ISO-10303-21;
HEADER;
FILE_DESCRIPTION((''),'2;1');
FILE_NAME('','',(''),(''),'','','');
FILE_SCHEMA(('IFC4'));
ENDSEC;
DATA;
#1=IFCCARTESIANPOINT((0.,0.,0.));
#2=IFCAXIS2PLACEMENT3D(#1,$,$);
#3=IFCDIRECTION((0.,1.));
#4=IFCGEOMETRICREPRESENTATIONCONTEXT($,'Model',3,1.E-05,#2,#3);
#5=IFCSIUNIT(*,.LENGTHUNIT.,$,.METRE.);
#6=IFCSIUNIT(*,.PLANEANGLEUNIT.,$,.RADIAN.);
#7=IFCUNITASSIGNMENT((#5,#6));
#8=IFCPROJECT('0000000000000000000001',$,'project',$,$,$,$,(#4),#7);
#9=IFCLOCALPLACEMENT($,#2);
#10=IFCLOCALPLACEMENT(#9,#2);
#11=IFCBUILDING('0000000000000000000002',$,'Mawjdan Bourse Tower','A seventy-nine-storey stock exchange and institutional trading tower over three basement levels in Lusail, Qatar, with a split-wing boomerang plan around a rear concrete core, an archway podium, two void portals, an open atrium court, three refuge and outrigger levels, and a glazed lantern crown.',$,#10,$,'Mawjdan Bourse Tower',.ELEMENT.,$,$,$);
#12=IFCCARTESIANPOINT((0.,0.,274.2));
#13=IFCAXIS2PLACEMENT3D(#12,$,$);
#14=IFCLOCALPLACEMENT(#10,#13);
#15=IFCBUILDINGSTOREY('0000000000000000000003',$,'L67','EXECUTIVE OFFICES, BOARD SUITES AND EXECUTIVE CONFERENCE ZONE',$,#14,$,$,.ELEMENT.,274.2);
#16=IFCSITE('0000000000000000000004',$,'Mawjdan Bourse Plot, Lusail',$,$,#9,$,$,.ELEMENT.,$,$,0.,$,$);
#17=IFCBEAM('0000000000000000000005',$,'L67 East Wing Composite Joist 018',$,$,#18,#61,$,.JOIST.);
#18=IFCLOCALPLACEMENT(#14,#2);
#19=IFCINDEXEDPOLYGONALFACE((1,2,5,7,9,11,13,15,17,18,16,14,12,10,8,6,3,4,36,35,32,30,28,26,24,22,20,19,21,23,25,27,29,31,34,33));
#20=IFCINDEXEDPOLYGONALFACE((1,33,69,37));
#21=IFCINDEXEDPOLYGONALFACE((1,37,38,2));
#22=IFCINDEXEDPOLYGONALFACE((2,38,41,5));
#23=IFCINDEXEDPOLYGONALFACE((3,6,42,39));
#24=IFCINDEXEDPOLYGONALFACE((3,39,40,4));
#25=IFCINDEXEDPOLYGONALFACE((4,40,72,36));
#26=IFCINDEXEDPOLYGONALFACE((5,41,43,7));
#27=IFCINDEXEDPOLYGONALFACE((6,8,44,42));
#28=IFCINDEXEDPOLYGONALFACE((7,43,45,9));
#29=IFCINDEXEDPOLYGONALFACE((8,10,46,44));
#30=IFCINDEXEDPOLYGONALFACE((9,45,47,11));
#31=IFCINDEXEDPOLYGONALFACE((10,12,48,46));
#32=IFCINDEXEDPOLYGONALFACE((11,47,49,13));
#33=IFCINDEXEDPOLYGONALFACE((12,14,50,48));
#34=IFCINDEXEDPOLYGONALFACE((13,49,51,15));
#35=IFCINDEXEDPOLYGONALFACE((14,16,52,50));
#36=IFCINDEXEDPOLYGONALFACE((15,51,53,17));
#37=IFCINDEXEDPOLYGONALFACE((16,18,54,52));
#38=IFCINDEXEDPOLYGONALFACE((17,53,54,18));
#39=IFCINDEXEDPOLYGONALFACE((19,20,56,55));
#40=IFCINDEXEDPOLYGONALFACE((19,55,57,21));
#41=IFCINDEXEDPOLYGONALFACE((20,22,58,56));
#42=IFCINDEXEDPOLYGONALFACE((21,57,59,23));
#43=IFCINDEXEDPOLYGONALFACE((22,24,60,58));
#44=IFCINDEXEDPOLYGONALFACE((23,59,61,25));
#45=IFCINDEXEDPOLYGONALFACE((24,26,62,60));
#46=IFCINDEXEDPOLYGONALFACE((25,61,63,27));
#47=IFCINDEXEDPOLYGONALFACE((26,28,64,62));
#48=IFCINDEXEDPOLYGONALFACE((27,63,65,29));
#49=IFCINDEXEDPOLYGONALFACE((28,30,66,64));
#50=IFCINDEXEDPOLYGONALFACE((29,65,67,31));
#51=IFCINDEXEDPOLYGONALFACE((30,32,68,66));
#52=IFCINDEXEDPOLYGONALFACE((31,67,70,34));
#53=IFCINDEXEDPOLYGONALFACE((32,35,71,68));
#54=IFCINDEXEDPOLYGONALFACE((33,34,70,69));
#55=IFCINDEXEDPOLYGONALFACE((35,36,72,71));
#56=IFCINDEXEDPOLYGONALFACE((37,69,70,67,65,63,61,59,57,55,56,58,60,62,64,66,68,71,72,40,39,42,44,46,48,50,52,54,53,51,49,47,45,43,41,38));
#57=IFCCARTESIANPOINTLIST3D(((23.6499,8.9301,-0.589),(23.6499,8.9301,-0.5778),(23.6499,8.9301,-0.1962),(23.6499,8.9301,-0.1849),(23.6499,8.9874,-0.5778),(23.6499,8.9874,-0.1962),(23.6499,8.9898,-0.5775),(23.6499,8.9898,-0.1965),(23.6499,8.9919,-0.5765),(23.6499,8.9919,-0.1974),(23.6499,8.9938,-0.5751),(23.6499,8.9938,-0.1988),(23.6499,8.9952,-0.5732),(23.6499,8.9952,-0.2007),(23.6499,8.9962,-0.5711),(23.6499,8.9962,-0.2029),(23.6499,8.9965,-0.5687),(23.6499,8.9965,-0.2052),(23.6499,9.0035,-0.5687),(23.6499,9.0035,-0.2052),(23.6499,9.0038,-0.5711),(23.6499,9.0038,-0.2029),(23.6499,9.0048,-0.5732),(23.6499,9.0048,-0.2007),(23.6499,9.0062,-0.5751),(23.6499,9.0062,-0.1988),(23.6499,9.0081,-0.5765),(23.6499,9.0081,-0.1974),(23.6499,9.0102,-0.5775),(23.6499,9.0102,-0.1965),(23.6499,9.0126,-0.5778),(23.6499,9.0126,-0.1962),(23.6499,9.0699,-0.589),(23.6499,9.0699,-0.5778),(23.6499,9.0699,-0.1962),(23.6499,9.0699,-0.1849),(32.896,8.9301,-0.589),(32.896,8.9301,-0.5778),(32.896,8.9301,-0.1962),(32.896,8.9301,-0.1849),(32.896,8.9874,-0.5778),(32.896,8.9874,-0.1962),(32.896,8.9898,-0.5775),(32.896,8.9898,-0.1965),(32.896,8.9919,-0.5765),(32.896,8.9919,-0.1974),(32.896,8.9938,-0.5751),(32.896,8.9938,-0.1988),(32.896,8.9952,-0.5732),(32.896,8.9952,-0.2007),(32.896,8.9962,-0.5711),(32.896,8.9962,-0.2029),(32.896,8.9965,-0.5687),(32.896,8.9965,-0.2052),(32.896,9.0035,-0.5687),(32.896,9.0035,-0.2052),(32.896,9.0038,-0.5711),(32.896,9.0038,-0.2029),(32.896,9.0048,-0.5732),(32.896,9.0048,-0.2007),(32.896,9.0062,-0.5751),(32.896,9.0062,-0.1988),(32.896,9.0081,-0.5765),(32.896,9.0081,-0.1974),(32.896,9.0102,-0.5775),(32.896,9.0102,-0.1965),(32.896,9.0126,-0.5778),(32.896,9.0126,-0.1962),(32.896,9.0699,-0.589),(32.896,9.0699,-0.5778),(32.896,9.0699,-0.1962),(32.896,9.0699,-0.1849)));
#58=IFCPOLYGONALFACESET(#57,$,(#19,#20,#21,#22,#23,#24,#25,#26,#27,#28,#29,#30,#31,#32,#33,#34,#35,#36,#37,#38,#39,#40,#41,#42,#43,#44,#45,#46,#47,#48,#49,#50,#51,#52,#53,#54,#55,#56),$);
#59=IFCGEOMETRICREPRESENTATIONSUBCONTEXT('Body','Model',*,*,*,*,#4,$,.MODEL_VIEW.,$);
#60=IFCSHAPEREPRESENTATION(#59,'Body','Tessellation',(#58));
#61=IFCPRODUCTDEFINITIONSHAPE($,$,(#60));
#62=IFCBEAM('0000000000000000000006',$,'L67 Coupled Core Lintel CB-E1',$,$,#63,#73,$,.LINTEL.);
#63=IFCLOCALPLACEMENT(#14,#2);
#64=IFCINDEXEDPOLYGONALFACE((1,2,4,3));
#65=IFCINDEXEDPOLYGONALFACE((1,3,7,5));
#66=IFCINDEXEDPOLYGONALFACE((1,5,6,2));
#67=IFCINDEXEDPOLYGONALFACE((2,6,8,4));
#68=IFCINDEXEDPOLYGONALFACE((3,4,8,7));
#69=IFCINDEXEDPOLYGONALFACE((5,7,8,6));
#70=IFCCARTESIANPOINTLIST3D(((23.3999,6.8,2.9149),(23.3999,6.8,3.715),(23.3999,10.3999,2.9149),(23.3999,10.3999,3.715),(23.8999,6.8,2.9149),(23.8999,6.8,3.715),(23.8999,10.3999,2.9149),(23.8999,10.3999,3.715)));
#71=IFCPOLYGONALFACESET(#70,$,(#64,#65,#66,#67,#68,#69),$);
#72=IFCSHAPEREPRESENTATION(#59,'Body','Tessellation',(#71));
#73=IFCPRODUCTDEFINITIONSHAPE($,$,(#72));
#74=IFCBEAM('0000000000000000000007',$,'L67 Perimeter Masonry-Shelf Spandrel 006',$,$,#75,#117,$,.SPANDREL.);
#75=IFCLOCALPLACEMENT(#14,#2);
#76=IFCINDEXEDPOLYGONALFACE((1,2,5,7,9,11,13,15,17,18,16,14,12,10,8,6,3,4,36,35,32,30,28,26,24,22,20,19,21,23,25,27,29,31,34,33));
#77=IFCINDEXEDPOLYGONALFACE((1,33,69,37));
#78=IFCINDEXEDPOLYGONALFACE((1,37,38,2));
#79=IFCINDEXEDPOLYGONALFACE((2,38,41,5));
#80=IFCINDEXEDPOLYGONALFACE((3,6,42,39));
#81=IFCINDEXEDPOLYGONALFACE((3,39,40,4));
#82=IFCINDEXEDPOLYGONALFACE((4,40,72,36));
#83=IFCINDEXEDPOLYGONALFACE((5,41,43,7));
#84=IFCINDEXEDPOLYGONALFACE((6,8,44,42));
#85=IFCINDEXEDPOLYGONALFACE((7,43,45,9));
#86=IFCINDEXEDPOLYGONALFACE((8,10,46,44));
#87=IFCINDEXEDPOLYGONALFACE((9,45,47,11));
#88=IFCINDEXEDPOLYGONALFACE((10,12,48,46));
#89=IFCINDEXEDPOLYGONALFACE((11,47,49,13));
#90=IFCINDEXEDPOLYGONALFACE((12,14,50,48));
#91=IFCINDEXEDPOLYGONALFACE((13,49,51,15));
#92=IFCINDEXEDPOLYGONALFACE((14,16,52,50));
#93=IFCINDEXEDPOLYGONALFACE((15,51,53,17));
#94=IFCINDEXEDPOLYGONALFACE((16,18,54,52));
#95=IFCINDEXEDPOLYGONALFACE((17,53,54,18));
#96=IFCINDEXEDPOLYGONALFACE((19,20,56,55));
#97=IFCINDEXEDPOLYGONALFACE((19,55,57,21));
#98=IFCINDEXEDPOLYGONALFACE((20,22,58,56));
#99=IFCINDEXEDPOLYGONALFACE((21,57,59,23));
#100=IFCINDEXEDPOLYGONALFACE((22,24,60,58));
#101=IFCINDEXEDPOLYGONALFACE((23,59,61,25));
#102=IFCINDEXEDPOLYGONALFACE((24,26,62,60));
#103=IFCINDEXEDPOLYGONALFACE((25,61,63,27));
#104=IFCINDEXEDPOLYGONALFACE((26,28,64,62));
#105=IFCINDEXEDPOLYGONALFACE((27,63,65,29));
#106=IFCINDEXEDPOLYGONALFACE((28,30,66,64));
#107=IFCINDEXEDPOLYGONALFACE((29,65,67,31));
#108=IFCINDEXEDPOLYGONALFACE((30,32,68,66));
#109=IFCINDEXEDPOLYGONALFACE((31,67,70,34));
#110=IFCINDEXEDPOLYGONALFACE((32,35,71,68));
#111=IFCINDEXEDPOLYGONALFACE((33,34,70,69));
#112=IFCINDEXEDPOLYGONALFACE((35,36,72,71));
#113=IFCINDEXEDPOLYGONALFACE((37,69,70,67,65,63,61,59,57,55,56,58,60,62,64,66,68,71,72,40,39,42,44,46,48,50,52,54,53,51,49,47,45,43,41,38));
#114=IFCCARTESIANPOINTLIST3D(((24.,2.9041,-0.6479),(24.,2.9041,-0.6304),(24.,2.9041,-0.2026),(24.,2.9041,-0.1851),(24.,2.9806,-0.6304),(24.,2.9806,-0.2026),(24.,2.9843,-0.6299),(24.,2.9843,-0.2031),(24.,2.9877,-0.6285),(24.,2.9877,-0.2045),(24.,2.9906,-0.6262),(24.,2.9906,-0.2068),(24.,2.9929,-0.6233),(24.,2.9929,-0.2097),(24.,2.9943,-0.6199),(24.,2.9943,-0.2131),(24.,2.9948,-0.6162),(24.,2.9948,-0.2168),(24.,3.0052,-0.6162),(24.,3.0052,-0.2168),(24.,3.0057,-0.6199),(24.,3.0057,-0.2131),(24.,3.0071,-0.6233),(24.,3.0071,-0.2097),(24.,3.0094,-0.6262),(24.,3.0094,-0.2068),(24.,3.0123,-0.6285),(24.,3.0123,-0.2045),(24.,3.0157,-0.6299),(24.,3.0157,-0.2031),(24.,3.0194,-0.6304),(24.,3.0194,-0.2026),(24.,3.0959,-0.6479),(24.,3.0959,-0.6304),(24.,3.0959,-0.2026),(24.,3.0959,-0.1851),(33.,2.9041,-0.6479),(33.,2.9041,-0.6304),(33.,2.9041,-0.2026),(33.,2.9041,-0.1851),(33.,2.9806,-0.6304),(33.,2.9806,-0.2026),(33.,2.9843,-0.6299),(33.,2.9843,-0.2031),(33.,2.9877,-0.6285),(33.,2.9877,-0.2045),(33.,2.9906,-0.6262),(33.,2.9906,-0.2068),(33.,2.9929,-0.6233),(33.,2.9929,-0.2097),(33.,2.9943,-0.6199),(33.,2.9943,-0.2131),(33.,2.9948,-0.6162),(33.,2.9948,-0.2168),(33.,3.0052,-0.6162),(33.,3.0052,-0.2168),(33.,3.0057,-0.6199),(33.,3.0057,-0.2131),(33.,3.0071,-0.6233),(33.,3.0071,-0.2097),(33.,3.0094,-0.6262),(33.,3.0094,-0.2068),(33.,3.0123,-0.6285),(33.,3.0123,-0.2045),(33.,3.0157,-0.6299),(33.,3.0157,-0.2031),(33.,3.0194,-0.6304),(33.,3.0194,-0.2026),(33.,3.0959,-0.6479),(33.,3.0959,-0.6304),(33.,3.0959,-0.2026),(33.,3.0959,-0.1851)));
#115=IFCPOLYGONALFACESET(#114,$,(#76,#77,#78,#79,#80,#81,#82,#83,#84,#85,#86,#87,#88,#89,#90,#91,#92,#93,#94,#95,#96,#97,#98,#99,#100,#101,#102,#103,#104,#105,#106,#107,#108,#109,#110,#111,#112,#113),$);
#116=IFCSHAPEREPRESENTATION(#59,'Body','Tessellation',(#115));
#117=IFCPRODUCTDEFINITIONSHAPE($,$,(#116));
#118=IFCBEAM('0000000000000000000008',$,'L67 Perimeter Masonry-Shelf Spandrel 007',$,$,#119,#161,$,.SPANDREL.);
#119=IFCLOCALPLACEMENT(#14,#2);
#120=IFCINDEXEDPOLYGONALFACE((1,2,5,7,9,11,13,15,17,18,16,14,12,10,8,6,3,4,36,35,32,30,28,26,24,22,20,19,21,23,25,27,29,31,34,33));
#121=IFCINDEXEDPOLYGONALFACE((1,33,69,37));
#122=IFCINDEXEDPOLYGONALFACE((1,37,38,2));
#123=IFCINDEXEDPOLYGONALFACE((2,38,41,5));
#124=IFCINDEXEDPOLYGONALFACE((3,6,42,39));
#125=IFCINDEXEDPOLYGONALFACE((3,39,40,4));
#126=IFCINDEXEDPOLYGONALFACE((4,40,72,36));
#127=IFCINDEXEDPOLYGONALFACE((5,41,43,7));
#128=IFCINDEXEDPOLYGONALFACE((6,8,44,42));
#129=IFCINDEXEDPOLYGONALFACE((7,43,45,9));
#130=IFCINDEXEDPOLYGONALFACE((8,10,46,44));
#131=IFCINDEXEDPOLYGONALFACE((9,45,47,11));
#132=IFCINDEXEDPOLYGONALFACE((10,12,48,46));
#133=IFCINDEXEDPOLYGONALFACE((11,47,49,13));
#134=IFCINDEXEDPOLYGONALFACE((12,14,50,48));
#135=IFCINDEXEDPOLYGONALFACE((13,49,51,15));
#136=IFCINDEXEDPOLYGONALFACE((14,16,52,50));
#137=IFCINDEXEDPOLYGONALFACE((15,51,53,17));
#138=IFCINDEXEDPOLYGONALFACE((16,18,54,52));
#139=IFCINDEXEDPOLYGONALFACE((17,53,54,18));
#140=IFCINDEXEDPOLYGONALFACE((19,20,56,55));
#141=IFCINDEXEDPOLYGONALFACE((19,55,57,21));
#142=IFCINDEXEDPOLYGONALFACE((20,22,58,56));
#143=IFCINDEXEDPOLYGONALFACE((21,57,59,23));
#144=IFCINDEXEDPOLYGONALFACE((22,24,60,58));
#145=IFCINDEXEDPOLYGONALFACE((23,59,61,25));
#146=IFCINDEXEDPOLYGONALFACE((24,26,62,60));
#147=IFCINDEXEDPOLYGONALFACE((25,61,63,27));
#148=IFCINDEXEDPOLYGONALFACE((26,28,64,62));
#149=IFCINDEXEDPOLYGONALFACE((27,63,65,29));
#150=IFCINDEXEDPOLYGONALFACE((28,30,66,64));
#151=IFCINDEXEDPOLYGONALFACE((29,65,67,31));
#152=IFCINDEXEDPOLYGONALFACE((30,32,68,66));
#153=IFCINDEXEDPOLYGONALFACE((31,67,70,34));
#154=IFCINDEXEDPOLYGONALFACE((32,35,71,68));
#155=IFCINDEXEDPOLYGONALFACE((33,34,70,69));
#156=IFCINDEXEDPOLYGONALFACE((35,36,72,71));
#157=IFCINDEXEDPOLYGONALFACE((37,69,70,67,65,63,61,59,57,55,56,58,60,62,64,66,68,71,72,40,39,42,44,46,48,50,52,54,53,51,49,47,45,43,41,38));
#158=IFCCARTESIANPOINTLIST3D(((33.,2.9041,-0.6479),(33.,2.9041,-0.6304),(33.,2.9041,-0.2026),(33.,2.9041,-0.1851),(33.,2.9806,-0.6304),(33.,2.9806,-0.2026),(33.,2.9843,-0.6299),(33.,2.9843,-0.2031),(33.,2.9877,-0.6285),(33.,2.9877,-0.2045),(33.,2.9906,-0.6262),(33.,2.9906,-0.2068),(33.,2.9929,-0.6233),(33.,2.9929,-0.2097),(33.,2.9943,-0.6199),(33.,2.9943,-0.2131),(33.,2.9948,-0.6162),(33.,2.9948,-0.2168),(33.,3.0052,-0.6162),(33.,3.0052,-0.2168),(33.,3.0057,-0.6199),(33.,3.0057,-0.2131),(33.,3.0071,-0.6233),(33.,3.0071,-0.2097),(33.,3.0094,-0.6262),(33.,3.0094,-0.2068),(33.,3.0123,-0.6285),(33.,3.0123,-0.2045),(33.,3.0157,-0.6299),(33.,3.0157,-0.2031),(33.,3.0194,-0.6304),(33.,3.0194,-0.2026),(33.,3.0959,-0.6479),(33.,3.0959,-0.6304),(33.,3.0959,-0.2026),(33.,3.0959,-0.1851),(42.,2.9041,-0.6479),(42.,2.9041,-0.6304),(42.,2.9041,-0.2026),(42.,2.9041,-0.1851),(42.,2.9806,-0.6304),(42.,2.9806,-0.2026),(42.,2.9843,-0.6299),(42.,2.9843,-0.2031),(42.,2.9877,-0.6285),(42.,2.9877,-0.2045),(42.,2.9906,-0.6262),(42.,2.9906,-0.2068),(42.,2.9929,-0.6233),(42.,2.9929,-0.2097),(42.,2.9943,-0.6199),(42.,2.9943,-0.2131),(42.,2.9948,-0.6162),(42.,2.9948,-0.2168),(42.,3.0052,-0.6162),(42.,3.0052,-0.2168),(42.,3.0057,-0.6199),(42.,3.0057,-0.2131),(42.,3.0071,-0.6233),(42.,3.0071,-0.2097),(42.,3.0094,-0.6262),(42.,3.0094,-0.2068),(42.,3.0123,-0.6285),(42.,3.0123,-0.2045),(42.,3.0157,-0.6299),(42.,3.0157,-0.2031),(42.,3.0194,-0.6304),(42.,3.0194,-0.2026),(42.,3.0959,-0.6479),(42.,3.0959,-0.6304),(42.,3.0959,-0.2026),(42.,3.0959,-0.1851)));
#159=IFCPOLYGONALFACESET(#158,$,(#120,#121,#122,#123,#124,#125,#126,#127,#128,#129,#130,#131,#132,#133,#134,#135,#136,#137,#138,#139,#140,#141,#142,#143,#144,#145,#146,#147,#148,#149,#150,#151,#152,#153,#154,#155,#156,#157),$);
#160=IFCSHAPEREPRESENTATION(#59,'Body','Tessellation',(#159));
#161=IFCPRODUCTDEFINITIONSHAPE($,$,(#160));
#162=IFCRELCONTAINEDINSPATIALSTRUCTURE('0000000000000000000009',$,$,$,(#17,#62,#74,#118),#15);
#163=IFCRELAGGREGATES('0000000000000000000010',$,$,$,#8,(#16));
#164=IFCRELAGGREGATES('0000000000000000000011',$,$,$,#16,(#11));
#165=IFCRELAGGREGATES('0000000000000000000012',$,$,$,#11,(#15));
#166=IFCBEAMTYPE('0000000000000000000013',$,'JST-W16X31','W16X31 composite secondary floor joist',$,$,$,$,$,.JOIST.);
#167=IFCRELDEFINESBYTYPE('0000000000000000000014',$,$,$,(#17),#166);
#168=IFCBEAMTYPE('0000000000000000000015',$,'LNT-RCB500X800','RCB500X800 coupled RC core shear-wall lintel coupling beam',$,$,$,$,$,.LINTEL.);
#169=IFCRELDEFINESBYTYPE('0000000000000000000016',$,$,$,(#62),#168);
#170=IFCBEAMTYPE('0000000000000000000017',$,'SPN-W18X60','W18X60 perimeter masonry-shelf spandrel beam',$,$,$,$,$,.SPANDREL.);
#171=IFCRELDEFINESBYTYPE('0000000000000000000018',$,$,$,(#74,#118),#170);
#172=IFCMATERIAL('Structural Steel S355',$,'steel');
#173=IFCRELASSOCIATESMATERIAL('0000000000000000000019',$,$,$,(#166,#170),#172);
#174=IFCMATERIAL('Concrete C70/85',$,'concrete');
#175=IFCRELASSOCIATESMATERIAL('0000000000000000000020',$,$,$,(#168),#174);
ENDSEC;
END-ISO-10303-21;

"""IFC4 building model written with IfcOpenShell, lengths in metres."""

from ifc_helpers import new_model, si_unit, direction, frame, origin, origin_2d, place, context, subcontext, project, spatial, rectangle, i_section, extrude, material, material_profile, profile_set, type_object, element, save


model = new_model("IFC4")

# Units and contexts
model_context = context("Model", 3, precision=1e-05, world=origin(), true_north=direction((0.0, 1.0)))
body_context = subcontext(model_context, "Body", "Model", "MODEL_VIEW")
ifc_project = project(units=[si_unit("LENGTHUNIT", "METRE"), si_unit("PLANEANGLEUNIT", "RADIAN")], contexts=[model_context])

# Site, building, storey
site_placement = place(None, origin())
site = spatial("IfcSite", under=ifc_project, at=site_placement, Name="Mawjdan Bourse Plot, Lusail", CompositionType="ELEMENT", RefElevation=0.0)
building_placement = place(site_placement, origin())
building = spatial("IfcBuilding", under=site, at=building_placement, Name="Mawjdan Bourse Tower", Description="A seventy-nine-storey stock exchange and institutional trading tower over three basement levels in Lusail, Qatar, with a split-wing boomerang plan around a rear concrete core, an archway podium, two void portals, an open atrium court, three refuge and outrigger levels, and a glazed lantern crown.", LongName="Mawjdan Bourse Tower", CompositionType="ELEMENT")
storey_placement = place(building_placement, frame((0.0, 0.0, 274.2)))
storey = spatial("IfcBuildingStorey", under=building, at=storey_placement, Name="L67", Description="EXECUTIVE OFFICES, BOARD SUITES AND EXECUTIVE CONFERENCE ZONE", CompositionType="ELEMENT", Elevation=274.2)

# Beams
ifc_material_1 = material(Name="Structural Steel S355", Category="steel")
ifc_material_profile_1 = material_profile(ifc_material_1, i_section(OverallWidth=0.1399, OverallDepth=0.4041, WebThickness=0.0071, FlangeThickness=0.0112, FilletRadius=0.009, at=origin_2d()), Name="W16X31")
ifc_profile_set_1 = profile_set([ifc_material_profile_1], Name="Structural Steel S355")
beam_type_1 = type_object("IfcBeamType", Name="JST-W16X31", Description="W16X31 composite secondary floor joist", PredefinedType="JOIST", material=ifc_profile_set_1)
beam_1_placement = place(storey_placement, frame((23.6499, 9.0, -0.387), z_axis=(1.0, 0.0, 0.0), x_axis=(0.0, 1.0, 0.0)))
element("IfcBeam", 1, at=beam_1_placement, inside=storey, type_object=beam_type_1, Name="L67 East Wing Composite Joist 018", PredefinedType="JOIST", context=body_context, shape_type="SweptSolid", body=[
    extrude(i_section(OverallWidth=0.1399, OverallDepth=0.4041, WebThickness=0.0071, FlangeThickness=0.0112, FilletRadius=0.009, at=origin_2d()), origin(), (0.0, 0.0, 1.0), 9.2461),
])
ifc_material_2 = material(Name="Concrete C70/85", Category="concrete")
ifc_material_profile_2 = material_profile(ifc_material_2, rectangle(XDim=0.5, YDim=0.8, at=origin_2d()), Name="RCB500X800")
ifc_profile_set_2 = profile_set([ifc_material_profile_2], Name="Concrete C70/85")
beam_type_2 = type_object("IfcBeamType", Name="LNT-RCB500X800", Description="RCB500X800 coupled RC core shear-wall lintel coupling beam", PredefinedType="LINTEL", material=ifc_profile_set_2)
beam_2_placement = place(storey_placement, frame((23.6499, 6.8, 3.3149), z_axis=(0.0, 1.0, 0.0), x_axis=(-1.0, 0.0, 0.0)))
element("IfcBeam", 2, at=beam_2_placement, inside=storey, type_object=beam_type_2, Name="L67 Coupled Core Lintel CB-E1", PredefinedType="LINTEL", context=body_context, shape_type="SweptSolid", body=[
    extrude(rectangle(XDim=0.5, YDim=0.8, at=origin_2d()), origin(), (0.0, 0.0, 1.0), 3.5999),
])
ifc_material_profile_3 = material_profile(ifc_material_1, i_section(OverallWidth=0.1919, OverallDepth=0.4629, WebThickness=0.0105, FlangeThickness=0.0176, FilletRadius=0.0142, at=origin_2d()), Name="W18X60")
ifc_profile_set_3 = profile_set([ifc_material_profile_3], Name="Structural Steel S355")
beam_type_3 = type_object("IfcBeamType", Name="SPN-W18X60", Description="W18X60 perimeter masonry-shelf spandrel beam", PredefinedType="SPANDREL", material=ifc_profile_set_3)
for number, where, z_axis, x_axis, name in (
    (3, (24.0, 3.0, -0.4165), (1.0, 0.0, 0.0), (0.0, 1.0, 0.0), "L67 Perimeter Masonry-Shelf Spandrel 006"),
    (4, (33.0, 3.0, -0.4165), (1.0, 0.0, 0.0), (0.0, 1.0, 0.0), "L67 Perimeter Masonry-Shelf Spandrel 007"),
):
    element("IfcBeam", number, at=place(storey_placement, frame(where, z_axis=z_axis, x_axis=x_axis)), inside=storey, type_object=beam_type_3, Name=name, PredefinedType="SPANDREL", context=body_context, shape_type="SweptSolid", body=[
        extrude(i_section(OverallWidth=0.1919, OverallDepth=0.4629, WebThickness=0.0105, FlangeThickness=0.0176, FilletRadius=0.0142, at=origin_2d()), origin(), (0.0, 0.0, 1.0), 9.0),
    ])

save(model, "model.ifc")
